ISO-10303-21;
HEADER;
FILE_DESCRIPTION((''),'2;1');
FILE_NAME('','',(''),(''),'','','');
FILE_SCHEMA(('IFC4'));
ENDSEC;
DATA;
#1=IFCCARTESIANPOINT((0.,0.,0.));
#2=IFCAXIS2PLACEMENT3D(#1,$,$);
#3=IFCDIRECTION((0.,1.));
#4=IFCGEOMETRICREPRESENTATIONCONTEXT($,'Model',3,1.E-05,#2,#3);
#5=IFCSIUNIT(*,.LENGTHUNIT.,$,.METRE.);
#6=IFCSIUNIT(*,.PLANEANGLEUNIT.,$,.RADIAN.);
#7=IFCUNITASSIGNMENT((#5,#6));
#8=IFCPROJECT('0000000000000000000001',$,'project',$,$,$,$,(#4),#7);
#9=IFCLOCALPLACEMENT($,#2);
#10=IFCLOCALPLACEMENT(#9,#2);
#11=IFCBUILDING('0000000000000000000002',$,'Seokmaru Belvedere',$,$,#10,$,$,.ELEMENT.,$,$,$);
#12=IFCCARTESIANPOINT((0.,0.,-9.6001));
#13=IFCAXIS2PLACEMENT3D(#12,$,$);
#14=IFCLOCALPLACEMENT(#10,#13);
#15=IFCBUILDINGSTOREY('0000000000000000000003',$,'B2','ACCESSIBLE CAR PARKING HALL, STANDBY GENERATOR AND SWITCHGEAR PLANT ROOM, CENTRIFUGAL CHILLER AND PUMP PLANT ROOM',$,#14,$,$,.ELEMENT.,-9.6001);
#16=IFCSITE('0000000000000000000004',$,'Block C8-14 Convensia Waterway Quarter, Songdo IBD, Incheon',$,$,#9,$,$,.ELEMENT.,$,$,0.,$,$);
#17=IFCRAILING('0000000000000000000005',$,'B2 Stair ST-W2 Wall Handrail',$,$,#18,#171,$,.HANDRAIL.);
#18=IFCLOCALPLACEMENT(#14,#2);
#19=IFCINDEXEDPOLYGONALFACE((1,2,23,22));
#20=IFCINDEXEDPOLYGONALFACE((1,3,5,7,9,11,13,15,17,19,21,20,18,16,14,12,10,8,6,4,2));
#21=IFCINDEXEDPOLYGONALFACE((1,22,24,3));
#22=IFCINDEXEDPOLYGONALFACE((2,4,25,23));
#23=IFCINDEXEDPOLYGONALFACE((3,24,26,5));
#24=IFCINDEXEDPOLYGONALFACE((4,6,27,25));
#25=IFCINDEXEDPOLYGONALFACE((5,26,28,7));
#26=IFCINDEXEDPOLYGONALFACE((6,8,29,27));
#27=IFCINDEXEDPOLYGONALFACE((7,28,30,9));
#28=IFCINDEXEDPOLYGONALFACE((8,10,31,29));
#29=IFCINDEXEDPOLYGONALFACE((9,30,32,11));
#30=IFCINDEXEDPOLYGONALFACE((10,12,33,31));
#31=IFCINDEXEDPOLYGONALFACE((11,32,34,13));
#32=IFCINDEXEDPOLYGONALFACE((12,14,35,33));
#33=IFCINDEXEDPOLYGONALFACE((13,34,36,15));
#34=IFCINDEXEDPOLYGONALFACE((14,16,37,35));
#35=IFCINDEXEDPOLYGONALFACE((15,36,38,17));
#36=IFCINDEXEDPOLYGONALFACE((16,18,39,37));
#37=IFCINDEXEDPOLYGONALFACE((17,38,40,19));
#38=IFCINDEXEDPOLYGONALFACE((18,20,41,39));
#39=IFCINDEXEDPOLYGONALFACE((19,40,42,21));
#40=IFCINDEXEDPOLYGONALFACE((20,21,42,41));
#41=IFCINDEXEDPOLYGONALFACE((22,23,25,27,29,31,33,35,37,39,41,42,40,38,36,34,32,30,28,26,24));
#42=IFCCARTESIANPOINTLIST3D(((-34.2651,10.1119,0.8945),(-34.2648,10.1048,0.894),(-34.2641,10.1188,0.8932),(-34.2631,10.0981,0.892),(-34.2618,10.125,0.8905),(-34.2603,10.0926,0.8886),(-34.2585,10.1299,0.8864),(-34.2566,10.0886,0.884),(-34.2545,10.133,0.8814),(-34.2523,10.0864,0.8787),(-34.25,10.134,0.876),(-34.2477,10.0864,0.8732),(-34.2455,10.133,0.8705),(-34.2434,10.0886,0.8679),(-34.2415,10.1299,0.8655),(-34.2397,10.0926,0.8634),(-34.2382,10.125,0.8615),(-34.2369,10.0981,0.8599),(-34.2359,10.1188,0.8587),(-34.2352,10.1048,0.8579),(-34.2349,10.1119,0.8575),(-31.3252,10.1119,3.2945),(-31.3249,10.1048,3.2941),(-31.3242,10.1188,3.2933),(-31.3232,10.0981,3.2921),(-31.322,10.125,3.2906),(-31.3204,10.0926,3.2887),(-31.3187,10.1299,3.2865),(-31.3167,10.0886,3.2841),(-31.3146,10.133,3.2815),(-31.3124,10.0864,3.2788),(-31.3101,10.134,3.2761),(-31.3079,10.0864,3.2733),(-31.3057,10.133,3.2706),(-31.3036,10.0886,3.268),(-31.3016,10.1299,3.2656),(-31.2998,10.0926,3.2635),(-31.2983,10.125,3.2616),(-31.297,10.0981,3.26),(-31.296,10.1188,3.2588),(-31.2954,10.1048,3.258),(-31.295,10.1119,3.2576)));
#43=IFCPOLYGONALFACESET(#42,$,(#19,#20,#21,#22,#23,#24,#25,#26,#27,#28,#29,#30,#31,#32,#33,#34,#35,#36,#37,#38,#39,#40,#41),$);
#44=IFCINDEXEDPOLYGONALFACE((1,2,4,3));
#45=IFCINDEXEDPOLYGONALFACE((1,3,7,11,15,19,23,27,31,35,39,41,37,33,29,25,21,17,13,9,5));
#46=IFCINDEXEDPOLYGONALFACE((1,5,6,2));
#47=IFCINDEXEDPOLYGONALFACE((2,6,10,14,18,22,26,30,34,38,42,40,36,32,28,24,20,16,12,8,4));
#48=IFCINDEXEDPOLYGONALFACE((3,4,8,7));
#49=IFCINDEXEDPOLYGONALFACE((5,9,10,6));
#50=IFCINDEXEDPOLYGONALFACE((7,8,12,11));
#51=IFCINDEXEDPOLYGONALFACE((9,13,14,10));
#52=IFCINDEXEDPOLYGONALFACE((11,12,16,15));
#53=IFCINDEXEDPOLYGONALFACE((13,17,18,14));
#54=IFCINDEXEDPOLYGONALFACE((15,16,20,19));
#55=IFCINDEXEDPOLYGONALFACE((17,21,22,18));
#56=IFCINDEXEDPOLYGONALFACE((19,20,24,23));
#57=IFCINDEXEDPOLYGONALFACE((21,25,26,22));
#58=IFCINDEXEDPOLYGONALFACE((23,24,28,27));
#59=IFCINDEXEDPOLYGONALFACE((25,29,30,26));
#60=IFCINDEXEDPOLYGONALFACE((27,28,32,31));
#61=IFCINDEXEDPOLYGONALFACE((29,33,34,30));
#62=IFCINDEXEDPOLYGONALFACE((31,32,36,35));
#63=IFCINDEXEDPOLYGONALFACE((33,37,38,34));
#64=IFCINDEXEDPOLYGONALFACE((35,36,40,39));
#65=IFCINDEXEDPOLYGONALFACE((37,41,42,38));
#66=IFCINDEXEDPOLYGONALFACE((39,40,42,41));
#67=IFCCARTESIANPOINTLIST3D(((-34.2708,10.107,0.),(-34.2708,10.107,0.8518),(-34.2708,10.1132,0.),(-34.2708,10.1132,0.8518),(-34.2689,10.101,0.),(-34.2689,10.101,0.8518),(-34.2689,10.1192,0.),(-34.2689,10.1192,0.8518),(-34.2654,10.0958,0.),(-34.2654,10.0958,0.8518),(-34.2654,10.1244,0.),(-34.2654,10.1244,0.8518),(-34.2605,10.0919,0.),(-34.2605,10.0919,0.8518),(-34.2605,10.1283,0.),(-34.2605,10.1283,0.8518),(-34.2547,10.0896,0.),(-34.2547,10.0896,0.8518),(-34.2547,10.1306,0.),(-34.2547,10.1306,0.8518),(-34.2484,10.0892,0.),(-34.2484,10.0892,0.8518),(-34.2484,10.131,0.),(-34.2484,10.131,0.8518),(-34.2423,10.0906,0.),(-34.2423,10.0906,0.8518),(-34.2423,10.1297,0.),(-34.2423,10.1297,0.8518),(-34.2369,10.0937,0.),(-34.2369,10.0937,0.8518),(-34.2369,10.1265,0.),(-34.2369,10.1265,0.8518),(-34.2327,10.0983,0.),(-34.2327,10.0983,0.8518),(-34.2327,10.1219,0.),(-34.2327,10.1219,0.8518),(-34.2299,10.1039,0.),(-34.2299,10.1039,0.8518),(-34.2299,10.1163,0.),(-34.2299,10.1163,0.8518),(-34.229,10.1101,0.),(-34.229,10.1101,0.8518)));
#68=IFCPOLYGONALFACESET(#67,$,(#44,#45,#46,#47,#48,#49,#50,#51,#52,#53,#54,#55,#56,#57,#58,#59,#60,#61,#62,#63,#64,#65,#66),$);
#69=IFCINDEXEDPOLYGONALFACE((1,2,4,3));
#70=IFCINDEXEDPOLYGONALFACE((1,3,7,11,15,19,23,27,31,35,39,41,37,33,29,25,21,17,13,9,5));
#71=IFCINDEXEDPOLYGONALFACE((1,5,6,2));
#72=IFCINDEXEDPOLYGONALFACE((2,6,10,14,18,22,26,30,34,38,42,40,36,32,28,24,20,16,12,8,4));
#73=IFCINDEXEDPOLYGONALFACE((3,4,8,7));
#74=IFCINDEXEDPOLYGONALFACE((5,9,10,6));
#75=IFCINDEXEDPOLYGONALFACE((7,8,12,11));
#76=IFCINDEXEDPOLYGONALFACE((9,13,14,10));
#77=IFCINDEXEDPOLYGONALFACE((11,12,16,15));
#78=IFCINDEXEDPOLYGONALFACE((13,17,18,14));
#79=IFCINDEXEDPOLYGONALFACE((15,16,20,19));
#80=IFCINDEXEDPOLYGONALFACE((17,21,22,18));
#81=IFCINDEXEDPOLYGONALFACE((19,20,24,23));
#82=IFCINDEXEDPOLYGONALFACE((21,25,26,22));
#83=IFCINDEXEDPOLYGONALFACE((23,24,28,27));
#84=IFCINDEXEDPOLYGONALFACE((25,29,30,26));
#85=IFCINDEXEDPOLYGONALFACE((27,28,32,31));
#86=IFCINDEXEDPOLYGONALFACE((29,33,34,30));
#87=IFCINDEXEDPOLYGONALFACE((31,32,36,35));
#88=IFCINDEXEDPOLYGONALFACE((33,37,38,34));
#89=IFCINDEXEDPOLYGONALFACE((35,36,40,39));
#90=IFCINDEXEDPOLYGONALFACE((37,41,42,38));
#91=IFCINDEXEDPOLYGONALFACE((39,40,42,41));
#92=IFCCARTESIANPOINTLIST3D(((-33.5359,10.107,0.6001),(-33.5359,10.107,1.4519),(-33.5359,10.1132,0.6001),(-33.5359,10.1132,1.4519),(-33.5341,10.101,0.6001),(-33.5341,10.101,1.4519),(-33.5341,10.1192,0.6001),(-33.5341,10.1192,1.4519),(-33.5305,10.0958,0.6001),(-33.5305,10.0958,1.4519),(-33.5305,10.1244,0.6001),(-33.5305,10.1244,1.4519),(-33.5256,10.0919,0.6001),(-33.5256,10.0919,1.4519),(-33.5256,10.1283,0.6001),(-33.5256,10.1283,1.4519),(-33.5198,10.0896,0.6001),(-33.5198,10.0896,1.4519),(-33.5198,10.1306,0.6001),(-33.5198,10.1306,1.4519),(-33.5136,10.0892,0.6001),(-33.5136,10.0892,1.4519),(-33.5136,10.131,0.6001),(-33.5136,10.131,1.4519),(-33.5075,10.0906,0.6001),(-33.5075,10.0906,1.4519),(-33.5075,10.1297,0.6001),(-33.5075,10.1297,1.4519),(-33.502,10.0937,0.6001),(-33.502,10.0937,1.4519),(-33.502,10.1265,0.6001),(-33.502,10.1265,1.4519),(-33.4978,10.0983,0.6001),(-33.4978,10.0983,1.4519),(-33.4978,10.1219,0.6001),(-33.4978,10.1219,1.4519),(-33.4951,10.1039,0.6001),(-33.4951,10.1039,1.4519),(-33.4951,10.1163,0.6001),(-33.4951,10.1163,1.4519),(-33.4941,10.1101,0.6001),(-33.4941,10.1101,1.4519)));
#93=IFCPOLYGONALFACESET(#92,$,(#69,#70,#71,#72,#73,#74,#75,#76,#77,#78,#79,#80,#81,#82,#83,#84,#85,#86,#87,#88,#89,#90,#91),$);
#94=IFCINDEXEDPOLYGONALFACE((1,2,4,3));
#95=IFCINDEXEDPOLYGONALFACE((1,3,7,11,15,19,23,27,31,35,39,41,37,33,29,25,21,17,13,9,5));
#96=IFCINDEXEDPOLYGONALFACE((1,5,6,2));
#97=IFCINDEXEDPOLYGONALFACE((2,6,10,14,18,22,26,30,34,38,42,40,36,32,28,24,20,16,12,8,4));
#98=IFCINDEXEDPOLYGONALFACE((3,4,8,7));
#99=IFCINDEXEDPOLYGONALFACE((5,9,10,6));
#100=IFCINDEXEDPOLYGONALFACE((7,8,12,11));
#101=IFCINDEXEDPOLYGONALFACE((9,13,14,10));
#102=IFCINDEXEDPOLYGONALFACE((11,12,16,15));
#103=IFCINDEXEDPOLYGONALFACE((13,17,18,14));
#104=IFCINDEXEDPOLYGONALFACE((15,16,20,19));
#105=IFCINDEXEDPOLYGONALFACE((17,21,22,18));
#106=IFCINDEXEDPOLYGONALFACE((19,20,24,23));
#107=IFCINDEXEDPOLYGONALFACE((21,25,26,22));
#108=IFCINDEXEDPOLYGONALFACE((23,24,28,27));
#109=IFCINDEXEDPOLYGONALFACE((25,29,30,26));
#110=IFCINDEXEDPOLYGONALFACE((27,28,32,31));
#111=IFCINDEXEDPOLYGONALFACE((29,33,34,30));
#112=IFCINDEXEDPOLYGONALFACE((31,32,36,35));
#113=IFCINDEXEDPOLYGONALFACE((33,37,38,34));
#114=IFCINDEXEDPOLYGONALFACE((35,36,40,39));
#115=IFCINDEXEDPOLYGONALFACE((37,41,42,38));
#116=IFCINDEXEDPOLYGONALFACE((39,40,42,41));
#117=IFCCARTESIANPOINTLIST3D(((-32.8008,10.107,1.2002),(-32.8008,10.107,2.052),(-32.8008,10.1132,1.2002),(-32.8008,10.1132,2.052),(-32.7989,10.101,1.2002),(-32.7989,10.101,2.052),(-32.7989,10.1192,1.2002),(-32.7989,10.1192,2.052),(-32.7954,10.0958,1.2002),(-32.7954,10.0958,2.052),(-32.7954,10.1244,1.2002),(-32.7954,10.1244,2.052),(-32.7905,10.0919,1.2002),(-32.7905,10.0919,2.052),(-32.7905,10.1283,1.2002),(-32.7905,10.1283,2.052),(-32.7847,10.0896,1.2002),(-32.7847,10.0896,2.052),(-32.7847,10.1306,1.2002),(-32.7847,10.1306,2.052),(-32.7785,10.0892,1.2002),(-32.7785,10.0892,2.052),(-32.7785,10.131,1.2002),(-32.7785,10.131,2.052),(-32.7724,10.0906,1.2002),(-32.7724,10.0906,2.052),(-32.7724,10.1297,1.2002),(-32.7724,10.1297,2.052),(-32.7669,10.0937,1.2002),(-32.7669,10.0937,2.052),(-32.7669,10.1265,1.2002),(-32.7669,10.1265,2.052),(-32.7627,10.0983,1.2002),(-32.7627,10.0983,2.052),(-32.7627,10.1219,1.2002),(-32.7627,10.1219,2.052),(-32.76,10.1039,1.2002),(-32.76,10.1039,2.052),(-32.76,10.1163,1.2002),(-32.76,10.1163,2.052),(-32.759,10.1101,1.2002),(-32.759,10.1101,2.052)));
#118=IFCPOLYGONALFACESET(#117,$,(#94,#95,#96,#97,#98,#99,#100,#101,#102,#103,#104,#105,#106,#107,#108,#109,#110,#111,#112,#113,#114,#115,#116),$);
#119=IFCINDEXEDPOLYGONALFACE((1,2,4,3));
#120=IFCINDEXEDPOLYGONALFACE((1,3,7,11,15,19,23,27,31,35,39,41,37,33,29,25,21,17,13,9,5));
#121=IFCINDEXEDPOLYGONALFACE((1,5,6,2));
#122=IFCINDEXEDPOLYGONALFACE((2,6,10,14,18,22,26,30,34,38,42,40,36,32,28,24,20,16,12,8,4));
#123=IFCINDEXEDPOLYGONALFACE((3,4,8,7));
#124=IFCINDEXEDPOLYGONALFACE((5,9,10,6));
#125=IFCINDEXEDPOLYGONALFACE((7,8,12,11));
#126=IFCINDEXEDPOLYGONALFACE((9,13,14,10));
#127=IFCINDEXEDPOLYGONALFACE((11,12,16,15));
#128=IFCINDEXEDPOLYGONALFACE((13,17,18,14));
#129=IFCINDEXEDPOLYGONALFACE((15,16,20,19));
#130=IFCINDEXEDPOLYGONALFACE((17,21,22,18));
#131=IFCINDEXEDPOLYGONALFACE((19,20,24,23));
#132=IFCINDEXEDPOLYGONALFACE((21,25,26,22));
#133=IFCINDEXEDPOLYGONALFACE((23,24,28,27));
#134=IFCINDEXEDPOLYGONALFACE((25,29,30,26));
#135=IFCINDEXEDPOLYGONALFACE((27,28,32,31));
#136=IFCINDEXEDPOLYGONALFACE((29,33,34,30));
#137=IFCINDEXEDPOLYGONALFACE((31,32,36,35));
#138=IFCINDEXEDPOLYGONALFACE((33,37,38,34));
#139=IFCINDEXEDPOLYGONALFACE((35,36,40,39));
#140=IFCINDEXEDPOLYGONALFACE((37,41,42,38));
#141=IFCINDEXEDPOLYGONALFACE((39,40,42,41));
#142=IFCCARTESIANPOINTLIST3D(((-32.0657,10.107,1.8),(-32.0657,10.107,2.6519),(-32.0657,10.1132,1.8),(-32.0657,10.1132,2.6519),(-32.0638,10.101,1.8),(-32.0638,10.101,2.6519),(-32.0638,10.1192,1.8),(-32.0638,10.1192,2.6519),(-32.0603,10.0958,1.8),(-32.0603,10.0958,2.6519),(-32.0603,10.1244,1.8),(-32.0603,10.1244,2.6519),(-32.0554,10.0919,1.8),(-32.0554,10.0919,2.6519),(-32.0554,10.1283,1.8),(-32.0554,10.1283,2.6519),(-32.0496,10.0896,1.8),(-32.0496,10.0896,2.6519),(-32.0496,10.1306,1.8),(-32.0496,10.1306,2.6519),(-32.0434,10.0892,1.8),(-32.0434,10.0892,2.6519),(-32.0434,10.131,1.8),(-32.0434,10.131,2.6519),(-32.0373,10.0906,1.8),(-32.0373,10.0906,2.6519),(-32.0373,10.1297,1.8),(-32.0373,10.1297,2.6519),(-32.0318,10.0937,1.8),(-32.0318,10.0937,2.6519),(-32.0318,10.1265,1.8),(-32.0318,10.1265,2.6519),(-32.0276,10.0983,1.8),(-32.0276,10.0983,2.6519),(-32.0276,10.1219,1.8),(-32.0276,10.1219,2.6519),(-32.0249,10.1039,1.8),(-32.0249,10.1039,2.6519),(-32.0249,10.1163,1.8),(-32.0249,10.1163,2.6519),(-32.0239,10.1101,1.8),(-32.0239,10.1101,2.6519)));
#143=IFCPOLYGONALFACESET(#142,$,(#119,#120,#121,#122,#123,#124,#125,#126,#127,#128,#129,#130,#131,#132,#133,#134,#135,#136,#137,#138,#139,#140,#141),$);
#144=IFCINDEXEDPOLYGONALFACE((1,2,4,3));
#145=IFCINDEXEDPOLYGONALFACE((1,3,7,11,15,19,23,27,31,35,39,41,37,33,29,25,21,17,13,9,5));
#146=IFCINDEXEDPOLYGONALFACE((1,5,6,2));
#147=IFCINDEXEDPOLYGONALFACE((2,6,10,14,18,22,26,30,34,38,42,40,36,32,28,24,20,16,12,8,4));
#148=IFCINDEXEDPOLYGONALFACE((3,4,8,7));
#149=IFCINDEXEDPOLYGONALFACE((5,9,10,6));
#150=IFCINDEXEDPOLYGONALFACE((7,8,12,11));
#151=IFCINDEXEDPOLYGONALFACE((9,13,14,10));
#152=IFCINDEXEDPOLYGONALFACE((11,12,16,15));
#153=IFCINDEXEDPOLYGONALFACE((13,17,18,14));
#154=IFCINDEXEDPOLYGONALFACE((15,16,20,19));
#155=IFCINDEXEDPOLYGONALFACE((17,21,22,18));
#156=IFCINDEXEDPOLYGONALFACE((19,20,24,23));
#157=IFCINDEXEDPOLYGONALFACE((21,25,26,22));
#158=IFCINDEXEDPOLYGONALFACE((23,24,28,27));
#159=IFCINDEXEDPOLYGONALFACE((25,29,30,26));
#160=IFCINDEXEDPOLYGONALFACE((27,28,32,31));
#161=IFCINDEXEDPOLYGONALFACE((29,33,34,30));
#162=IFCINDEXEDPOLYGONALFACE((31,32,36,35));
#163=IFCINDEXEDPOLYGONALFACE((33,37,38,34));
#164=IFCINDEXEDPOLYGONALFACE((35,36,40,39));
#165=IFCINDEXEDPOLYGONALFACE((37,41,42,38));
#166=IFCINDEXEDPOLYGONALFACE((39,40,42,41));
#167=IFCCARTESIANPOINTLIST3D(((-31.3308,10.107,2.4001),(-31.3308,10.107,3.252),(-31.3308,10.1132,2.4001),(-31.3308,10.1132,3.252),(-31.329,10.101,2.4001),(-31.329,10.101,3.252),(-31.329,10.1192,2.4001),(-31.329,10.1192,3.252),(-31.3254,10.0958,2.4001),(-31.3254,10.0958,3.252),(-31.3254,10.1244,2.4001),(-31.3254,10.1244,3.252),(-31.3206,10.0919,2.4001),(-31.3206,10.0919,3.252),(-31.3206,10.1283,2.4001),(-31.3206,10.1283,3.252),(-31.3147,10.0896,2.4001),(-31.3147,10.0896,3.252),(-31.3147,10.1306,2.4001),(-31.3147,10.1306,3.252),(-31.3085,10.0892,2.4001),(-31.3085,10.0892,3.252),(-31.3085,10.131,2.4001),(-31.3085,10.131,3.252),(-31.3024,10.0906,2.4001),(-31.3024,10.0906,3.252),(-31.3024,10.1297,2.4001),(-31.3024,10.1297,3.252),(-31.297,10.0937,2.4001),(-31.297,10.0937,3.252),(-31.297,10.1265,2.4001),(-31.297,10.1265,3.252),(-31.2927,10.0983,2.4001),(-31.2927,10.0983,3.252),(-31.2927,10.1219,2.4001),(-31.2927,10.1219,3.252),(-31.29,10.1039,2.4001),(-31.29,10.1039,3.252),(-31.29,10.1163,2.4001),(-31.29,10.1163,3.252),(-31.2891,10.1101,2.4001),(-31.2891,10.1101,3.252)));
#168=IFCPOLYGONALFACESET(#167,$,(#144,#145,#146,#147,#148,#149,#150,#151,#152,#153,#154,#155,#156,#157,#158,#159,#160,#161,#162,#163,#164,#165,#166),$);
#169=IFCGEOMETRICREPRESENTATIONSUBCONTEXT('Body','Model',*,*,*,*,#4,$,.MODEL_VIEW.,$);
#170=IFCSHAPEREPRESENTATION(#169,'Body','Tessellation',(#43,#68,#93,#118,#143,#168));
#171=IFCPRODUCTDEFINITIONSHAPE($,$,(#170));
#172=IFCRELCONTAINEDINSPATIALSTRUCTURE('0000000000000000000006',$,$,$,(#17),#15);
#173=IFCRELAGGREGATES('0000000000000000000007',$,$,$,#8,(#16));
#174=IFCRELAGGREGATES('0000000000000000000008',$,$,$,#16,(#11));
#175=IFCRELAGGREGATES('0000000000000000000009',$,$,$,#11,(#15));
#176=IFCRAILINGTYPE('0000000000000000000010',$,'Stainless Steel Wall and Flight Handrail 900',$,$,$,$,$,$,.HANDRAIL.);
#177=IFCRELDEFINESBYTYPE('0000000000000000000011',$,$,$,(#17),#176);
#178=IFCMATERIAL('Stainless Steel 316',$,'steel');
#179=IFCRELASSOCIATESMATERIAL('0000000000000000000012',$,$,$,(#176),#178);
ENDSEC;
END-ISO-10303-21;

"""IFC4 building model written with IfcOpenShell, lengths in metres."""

from ifc_helpers import new_model, si_unit, direction, frame, origin, origin_2d, place, context, subcontext, project, spatial, circle, extrude, material, type_object, element, save


model = new_model("IFC4")

# Units and contexts
model_context = context("Model", 3, precision=1e-05, world=origin(), true_north=direction((0.0, 1.0)))
body_context = subcontext(model_context, "Body", "Model", "MODEL_VIEW")
ifc_project = project(units=[si_unit("LENGTHUNIT", "METRE"), si_unit("PLANEANGLEUNIT", "RADIAN")], contexts=[model_context])

# Site, building, storey
site_placement = place(None, origin())
site = spatial("IfcSite", under=ifc_project, at=site_placement, Name="Block C8-14 Convensia Waterway Quarter, Songdo IBD, Incheon", CompositionType="ELEMENT", RefElevation=0.0)
building_placement = place(site_placement, origin())
building = spatial("IfcBuilding", under=site, at=building_placement, Name="Seokmaru Belvedere", CompositionType="ELEMENT")
storey_placement = place(building_placement, frame((0.0, 0.0, -9.6001)))
storey = spatial("IfcBuildingStorey", under=building, at=storey_placement, Name="B2", Description="ACCESSIBLE CAR PARKING HALL, STANDBY GENERATOR AND SWITCHGEAR PLANT ROOM, CENTRIFUGAL CHILLER AND PUMP PLANT ROOM", CompositionType="ELEMENT", Elevation=-9.6001)

# Railing
ifc_material_1 = material(Name="Stainless Steel 316", Category="steel")
railing_type = type_object("IfcRailingType", Name="Stainless Steel Wall and Flight Handrail 900", PredefinedType="HANDRAIL", material=ifc_material_1)
railing_placement = place(storey_placement, frame((-34.25, 10.1101, 0.0)))
element("IfcRailing", 1, at=railing_placement, inside=storey, type_object=railing_type, Name="B2 Stair ST-W2 Wall Handrail", PredefinedType="HANDRAIL", context=body_context, shape_type="SweptSolid", body=[
    extrude(circle(Radius=0.0239, at=origin_2d()), frame((0.0, 0.0, 0.876), z_axis=(0.774636, 0.0, 0.632407), x_axis=(0.0, 1.0, 0.0)), (0.0, 0.0, 1.0), 3.7952),
    extrude(circle(Radius=0.021, at=origin_2d()), origin(), (0.0, 0.0, 1.0), 0.8518),
    extrude(circle(Radius=0.021, at=origin_2d()), frame((0.7349, 0.0, 0.6001)), (0.0, 0.0, 1.0), 0.8518),
    extrude(circle(Radius=0.021, at=origin_2d()), frame((1.47, 0.0, 1.2002)), (0.0, 0.0, 1.0), 0.8518),
    extrude(circle(Radius=0.021, at=origin_2d()), frame((2.2051, 0.0, 1.8)), (0.0, 0.0, 1.0), 0.8518),
    extrude(circle(Radius=0.021, at=origin_2d()), frame((2.9399, 0.0, 2.4001)), (0.0, 0.0, 1.0), 0.8518),
])

save(model, "model.ifc")
